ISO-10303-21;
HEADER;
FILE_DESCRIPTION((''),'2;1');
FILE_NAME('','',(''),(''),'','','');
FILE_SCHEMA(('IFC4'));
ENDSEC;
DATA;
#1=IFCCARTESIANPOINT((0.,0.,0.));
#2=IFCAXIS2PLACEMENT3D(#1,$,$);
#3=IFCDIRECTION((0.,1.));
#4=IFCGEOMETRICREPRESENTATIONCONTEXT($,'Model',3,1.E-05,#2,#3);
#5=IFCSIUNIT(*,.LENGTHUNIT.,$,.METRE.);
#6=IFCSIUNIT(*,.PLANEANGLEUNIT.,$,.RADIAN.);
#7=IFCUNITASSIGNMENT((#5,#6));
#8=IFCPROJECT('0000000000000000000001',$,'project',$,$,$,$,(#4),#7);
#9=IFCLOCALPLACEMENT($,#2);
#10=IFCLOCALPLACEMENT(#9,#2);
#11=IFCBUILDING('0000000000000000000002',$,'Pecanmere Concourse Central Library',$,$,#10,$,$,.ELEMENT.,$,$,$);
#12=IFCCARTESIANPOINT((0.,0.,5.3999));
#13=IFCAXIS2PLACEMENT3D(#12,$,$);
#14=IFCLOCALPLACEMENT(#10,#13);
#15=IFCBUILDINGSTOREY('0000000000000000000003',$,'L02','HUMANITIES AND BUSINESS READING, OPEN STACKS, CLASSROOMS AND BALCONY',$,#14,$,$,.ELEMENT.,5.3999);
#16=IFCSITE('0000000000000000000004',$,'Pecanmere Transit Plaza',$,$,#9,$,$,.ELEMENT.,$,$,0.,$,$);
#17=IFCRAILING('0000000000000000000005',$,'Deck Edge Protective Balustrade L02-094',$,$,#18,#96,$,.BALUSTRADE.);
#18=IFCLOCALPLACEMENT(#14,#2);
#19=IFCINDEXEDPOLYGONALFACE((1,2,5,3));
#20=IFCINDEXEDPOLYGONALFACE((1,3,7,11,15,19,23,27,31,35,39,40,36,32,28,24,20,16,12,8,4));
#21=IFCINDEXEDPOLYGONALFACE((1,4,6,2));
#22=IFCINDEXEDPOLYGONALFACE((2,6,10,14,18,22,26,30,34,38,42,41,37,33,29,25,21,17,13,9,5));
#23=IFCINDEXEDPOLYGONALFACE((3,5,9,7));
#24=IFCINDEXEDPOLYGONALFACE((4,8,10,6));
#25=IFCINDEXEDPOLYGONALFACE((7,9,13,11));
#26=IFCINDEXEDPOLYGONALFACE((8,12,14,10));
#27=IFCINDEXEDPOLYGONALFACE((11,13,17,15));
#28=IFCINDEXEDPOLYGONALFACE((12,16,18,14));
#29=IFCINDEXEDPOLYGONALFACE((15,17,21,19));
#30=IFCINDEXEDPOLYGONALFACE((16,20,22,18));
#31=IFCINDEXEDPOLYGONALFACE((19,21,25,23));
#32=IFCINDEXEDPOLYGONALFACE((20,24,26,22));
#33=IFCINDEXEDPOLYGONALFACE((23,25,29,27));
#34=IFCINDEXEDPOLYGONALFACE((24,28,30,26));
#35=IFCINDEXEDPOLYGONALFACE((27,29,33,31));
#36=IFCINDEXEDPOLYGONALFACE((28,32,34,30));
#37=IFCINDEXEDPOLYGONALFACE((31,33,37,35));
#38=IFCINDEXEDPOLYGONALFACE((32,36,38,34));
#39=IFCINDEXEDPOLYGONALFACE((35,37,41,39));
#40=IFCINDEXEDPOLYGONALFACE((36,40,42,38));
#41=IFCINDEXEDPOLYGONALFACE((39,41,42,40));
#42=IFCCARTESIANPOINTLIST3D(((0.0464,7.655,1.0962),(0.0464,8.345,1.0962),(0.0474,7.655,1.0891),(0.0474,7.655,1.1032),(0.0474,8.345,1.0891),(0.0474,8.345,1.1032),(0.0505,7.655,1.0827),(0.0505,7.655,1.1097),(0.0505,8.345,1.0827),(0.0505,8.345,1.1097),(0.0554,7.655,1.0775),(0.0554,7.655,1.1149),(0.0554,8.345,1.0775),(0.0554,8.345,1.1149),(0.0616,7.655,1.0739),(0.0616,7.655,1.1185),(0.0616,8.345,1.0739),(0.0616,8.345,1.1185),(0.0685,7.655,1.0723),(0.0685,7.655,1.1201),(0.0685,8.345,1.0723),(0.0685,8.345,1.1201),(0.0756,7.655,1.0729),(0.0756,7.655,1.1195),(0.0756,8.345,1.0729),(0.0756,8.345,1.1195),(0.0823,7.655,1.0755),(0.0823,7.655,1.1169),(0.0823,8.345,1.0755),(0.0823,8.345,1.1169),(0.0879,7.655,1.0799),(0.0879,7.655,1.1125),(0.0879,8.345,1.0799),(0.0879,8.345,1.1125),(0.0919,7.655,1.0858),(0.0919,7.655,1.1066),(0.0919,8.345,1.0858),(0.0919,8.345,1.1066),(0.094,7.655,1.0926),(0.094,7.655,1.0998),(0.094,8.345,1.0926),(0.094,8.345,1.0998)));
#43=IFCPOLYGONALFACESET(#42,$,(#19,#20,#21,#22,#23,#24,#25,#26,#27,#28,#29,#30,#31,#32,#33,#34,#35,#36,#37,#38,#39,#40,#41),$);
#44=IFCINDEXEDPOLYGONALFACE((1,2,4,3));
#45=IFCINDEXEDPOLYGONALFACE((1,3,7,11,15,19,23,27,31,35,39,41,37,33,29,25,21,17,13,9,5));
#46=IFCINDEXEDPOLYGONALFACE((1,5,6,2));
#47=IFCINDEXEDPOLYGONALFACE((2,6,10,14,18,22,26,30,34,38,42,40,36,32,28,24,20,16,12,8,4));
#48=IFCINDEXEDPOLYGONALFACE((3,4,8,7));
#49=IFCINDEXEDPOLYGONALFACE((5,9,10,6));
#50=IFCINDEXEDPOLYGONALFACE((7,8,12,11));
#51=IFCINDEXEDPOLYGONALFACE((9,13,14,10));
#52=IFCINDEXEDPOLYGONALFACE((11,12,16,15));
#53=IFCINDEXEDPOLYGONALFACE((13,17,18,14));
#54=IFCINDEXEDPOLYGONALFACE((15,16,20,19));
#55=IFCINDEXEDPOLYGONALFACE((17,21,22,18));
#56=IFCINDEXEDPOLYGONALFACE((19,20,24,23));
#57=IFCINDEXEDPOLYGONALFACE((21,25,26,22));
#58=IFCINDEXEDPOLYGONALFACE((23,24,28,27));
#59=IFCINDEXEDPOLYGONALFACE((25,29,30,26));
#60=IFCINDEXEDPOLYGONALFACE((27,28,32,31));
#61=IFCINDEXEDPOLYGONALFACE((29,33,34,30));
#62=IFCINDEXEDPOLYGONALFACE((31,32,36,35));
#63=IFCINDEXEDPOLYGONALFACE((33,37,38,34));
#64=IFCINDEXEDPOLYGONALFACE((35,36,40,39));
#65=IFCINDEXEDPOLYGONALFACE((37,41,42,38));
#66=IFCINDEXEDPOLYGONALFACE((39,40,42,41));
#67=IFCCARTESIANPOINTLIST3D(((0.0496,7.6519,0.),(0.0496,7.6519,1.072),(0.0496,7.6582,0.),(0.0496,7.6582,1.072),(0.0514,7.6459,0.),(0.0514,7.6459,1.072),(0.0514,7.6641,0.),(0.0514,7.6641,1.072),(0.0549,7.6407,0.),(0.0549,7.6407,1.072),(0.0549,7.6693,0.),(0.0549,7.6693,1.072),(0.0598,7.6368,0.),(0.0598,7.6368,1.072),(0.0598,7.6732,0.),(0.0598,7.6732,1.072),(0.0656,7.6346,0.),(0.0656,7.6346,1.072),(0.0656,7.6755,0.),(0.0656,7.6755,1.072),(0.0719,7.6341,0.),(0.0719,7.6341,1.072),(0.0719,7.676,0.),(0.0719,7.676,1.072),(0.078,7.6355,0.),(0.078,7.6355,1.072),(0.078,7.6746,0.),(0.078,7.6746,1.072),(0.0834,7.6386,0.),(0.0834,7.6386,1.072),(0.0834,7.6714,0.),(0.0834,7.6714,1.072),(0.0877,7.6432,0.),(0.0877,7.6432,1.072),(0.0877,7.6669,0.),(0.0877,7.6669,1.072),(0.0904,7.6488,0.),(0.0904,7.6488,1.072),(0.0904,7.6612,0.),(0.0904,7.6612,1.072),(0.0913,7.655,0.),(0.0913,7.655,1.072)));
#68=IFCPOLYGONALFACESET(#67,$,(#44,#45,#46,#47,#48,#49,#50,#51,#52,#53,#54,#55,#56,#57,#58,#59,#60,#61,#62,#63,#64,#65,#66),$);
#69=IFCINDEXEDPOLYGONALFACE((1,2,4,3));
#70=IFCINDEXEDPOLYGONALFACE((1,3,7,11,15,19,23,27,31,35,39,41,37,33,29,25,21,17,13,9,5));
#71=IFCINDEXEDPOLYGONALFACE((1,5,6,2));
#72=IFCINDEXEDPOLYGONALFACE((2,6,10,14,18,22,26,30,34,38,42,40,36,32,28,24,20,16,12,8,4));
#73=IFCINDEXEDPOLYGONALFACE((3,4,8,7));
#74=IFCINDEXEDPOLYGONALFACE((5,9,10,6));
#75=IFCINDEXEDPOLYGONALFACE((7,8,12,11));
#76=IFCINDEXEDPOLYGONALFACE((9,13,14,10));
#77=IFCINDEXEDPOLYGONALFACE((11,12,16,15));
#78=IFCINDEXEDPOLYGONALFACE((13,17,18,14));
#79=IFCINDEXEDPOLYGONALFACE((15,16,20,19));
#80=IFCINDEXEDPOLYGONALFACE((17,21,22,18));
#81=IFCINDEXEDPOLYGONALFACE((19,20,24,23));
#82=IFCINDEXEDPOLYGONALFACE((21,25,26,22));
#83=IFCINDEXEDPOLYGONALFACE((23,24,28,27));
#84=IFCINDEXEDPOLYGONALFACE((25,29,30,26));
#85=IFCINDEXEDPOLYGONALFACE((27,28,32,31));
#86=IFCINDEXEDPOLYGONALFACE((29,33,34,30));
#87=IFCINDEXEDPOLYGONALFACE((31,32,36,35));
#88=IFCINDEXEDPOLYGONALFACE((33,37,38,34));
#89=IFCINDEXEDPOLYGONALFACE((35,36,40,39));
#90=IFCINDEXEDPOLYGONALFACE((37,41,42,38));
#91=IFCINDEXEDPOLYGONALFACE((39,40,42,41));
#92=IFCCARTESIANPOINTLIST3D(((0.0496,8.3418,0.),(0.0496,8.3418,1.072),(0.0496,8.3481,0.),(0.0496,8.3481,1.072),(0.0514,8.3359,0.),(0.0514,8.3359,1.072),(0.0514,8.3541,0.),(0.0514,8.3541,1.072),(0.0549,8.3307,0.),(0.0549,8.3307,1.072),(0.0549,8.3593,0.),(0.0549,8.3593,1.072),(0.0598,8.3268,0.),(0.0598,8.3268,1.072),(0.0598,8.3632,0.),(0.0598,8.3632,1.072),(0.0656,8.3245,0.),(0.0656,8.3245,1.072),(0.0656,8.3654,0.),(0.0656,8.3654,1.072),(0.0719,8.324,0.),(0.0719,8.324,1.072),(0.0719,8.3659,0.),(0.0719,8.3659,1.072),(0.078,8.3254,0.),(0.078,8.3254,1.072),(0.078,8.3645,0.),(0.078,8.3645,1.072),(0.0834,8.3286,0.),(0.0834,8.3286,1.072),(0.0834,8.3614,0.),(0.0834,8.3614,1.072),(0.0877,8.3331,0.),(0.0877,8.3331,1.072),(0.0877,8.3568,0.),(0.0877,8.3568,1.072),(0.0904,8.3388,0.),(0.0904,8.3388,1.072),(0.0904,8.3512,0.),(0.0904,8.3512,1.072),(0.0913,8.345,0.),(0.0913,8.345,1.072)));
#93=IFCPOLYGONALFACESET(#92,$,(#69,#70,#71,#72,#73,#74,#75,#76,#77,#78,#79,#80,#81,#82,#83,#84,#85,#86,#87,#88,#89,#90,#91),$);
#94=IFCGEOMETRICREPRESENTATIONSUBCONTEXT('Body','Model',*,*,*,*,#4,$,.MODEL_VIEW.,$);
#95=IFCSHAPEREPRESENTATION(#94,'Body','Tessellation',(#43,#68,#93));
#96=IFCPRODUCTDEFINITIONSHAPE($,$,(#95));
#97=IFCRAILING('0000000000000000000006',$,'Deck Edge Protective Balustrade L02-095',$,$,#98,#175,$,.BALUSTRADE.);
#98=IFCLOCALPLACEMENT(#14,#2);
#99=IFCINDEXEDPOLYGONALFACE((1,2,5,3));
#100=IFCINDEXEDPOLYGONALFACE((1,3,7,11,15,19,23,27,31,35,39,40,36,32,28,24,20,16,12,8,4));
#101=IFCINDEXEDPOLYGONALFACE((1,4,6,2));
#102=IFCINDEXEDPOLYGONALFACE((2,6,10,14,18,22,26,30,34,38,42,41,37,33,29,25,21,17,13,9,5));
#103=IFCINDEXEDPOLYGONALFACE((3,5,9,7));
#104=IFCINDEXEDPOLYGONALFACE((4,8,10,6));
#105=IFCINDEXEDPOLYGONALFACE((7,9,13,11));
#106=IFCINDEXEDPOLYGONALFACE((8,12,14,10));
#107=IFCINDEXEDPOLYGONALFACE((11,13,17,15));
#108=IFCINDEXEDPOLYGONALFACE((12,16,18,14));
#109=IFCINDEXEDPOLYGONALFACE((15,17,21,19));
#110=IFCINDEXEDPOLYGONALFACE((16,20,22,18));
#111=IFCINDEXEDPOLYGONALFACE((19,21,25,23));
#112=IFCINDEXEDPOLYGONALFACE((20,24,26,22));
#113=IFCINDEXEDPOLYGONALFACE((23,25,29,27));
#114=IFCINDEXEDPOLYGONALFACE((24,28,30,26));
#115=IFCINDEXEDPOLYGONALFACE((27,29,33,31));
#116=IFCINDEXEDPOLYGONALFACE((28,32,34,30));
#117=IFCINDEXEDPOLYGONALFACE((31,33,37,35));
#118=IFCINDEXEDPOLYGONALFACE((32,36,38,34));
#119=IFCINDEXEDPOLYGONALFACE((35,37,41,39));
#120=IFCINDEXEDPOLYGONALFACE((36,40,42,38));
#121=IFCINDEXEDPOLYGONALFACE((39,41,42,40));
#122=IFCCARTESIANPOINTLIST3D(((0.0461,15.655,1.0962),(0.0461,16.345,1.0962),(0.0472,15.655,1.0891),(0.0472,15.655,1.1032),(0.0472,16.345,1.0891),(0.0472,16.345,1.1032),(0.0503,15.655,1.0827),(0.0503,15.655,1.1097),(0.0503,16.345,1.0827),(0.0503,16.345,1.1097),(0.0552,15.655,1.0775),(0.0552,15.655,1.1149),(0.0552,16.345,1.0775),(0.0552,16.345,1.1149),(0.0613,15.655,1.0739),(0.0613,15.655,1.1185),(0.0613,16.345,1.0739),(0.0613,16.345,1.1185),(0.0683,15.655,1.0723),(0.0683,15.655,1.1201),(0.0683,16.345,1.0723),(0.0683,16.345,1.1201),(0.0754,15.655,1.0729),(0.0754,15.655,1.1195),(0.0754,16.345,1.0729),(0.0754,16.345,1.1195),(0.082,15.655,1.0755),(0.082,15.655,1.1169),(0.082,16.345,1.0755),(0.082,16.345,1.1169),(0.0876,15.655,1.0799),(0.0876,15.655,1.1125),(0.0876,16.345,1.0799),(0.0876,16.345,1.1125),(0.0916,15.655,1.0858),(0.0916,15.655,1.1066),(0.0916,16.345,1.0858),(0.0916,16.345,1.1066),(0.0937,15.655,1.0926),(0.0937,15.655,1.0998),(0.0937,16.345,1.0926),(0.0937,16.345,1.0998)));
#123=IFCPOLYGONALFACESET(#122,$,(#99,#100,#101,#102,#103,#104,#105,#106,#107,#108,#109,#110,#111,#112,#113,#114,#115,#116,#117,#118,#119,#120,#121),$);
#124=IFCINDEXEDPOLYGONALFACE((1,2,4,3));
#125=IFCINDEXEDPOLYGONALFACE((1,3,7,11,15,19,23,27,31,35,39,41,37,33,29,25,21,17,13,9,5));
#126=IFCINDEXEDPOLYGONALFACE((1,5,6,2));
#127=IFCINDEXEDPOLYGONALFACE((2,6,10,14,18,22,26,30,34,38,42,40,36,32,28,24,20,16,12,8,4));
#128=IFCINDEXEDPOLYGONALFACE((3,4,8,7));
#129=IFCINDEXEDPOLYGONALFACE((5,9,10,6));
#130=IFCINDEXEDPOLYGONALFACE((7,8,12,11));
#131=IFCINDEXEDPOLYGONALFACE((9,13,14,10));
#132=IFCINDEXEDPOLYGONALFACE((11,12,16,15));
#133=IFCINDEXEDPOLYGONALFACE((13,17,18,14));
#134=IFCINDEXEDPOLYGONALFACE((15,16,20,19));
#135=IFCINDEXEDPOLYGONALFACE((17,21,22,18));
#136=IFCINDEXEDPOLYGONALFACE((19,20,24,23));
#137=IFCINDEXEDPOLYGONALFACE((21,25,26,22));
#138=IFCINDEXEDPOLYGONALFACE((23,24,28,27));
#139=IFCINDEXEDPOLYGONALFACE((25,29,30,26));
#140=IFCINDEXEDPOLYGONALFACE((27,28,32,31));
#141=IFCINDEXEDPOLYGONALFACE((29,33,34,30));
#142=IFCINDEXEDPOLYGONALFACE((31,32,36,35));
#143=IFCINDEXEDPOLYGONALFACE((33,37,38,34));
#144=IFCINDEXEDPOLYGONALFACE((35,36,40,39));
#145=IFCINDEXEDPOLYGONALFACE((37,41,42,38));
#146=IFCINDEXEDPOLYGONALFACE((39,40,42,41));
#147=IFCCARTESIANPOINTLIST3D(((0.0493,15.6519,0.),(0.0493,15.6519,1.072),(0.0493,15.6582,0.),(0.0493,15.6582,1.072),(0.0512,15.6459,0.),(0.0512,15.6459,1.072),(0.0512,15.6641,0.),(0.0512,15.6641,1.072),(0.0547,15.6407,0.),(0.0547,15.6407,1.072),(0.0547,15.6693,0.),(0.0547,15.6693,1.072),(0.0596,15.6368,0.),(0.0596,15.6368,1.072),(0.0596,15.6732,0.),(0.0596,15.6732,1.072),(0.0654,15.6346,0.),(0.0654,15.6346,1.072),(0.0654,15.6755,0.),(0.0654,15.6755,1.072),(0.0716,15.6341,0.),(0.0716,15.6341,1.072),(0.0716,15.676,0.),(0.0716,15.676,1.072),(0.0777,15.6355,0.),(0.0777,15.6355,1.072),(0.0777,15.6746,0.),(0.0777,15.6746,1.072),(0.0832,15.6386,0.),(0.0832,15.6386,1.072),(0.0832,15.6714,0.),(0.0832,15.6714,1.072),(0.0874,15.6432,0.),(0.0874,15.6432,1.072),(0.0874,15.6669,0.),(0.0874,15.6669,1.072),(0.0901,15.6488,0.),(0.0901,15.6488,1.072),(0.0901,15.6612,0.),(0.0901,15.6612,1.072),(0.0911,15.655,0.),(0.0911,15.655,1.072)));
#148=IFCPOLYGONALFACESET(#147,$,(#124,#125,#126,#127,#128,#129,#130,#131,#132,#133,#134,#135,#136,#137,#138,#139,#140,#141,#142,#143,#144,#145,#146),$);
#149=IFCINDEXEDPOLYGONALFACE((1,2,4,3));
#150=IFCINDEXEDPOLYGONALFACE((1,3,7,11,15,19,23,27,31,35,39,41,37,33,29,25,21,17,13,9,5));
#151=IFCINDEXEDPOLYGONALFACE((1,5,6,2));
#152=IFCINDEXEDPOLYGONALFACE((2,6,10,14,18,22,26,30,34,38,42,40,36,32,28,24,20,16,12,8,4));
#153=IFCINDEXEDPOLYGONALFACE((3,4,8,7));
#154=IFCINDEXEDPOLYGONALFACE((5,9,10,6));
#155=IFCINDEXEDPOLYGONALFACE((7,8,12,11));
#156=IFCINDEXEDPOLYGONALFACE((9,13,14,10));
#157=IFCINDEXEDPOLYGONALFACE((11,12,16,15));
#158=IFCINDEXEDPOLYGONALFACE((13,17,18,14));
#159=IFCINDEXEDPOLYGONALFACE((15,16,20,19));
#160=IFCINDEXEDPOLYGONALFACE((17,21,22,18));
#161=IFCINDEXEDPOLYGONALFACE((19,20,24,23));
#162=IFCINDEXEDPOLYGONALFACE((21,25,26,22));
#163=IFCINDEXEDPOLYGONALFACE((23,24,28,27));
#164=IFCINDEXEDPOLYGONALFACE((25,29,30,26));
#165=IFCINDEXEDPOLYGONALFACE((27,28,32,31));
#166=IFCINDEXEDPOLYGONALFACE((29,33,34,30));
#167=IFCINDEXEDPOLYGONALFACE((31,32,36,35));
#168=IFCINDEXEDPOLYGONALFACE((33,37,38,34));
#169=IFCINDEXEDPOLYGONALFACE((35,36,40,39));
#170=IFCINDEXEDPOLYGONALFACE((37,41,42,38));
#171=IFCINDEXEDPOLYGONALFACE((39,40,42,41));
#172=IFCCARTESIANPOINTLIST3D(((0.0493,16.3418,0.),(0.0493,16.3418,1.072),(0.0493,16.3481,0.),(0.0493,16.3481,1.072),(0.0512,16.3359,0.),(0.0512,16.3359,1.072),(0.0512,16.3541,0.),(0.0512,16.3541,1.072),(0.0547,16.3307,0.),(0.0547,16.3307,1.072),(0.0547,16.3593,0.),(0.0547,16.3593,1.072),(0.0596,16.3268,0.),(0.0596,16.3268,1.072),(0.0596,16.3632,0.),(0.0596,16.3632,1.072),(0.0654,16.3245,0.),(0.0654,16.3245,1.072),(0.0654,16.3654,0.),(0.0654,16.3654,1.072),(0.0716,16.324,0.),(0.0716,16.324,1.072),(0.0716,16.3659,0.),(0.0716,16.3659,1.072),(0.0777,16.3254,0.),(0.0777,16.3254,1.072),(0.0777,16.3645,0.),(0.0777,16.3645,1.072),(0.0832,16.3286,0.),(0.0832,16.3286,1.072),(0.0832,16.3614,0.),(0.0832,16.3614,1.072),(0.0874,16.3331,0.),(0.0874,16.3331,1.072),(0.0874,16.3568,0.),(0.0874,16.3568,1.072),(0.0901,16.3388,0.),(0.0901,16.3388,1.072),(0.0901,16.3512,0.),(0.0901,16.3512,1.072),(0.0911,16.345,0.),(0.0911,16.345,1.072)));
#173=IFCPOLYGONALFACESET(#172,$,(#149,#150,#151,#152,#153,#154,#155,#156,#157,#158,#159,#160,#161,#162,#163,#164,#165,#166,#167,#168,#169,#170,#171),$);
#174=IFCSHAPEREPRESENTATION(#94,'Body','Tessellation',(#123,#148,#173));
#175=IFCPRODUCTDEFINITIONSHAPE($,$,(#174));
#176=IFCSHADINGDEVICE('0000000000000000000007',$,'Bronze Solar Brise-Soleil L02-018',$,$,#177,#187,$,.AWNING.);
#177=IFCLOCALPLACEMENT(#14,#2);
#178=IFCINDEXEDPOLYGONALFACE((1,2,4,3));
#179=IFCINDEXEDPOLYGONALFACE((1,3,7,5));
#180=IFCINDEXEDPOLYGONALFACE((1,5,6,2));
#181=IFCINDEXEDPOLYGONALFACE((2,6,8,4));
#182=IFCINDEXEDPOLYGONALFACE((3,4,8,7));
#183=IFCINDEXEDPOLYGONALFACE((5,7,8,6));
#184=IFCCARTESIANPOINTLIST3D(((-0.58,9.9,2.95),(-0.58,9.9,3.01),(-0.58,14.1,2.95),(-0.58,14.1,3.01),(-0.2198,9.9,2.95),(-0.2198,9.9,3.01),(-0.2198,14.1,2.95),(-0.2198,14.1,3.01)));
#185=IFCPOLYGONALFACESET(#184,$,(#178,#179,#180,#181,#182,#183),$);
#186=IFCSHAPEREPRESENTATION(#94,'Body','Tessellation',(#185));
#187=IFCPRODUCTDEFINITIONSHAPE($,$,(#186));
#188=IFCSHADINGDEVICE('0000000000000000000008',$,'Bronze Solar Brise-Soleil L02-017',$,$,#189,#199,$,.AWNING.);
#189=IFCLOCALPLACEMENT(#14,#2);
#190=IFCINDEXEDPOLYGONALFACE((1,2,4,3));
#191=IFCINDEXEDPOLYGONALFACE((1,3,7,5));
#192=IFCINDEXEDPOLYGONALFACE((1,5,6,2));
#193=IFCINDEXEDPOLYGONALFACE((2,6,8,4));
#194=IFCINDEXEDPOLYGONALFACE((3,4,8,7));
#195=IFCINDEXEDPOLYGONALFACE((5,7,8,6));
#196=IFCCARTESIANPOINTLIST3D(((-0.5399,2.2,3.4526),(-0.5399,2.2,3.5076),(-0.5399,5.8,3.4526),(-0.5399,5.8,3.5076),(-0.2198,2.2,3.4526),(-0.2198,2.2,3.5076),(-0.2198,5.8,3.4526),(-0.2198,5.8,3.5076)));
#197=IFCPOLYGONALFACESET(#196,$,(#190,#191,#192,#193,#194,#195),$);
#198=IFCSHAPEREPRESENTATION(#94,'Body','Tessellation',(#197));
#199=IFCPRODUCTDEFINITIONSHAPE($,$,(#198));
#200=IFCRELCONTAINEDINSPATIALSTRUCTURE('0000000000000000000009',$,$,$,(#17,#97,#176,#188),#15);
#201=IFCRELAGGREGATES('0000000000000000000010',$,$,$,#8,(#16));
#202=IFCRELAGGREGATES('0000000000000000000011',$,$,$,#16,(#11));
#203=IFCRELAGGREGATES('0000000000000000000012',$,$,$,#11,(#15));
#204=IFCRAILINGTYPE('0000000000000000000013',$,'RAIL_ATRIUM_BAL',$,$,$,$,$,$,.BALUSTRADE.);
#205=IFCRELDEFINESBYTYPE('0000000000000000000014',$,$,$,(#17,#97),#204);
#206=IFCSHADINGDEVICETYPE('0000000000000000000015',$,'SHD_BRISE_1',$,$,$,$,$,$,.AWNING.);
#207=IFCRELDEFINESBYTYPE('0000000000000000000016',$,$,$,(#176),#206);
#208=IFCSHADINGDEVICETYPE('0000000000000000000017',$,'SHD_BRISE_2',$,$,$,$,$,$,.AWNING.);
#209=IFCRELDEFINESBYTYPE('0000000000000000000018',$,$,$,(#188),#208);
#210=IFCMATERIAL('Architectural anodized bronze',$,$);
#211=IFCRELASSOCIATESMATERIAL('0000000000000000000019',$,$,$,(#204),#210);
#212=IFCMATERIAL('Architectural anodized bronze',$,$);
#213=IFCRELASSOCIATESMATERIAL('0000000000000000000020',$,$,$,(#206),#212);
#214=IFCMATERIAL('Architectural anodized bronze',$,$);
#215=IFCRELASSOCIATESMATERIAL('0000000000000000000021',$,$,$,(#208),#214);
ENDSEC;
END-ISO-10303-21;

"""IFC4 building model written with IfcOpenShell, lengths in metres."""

from ifc_helpers import new_model, si_unit, direction, frame, origin, origin_2d, place, context, subcontext, project, spatial, rectangle, circle, extrude, material, type_object, element, save


model = new_model("IFC4")

# Units and contexts
model_context = context("Model", 3, precision=1e-05, world=origin(), true_north=direction((0.0, 1.0)))
body_context = subcontext(model_context, "Body", "Model", "MODEL_VIEW")
ifc_project = project(units=[si_unit("LENGTHUNIT", "METRE"), si_unit("PLANEANGLEUNIT", "RADIAN")], contexts=[model_context])

# Site, building, storey
site_placement = place(None, origin())
site = spatial("IfcSite", under=ifc_project, at=site_placement, Name="Pecanmere Transit Plaza", CompositionType="ELEMENT", RefElevation=0.0)
building_placement = place(site_placement, origin())
building = spatial("IfcBuilding", under=site, at=building_placement, Name="Pecanmere Concourse Central Library", CompositionType="ELEMENT")
storey_placement = place(building_placement, frame((0.0, 0.0, 5.3999)))
storey = spatial("IfcBuildingStorey", under=building, at=storey_placement, Name="L02", Description="HUMANITIES AND BUSINESS READING, OPEN STACKS, CLASSROOMS AND BALCONY", CompositionType="ELEMENT", Elevation=5.3999)

# Railings
ifc_material_1 = material(Name="Architectural anodized bronze")
railing_type = type_object("IfcRailingType", Name="RAIL_ATRIUM_BAL", PredefinedType="BALUSTRADE", material=ifc_material_1)
for number, where, name in (
    (1, (0.0703, 7.655, 0.0), "Deck Edge Protective Balustrade L02-094"),
    (2, (0.0701, 15.655, 0.0), "Deck Edge Protective Balustrade L02-095"),
):
    element("IfcRailing", number, at=place(storey_placement, frame(where)), inside=storey, type_object=railing_type, Name=name, PredefinedType="BALUSTRADE", context=body_context, shape_type="SweptSolid", body=[
        extrude(circle(Radius=0.0239, at=origin_2d()), frame((0.0, 0.0, 1.0962), z_axis=(0.0, 1.0, 0.0), x_axis=(-1.0, 0.0, 0.0)), (0.0, 0.0, 1.0), 0.6899),
        extrude(circle(Radius=0.021, at=origin_2d()), origin(), (0.0, 0.0, 1.0), 1.072),
        extrude(circle(Radius=0.021, at=origin_2d()), frame((0.0, 0.6899, 0.0)), (0.0, 0.0, 1.0), 1.072),
    ])

# Shading devices
ifc_material_2 = material(Name="Architectural anodized bronze")
shading_device_type_1 = type_object("IfcShadingDeviceType", Name="SHD_BRISE_1", PredefinedType="AWNING", material=ifc_material_2)
shading_device_1_placement = place(storey_placement, frame((-0.3999, 12.0, 2.95), z_axis=(0.0, 0.0, 1.0), x_axis=(0.0, -1.0, 0.0)))
element("IfcShadingDevice", 3, at=shading_device_1_placement, inside=storey, type_object=shading_device_type_1, Name="Bronze Solar Brise-Soleil L02-018", PredefinedType="AWNING", context=body_context, shape_type="SweptSolid", body=[
    extrude(rectangle(XDim=4.2, YDim=0.3601, at=origin_2d()), origin(), (0.0, 0.0, 1.0), 0.0601),
])
ifc_material_3 = material(Name="Architectural anodized bronze")
shading_device_type_2 = type_object("IfcShadingDeviceType", Name="SHD_BRISE_2", PredefinedType="AWNING", material=ifc_material_3)
shading_device_2_placement = place(storey_placement, frame((-0.3799, 4.0, 3.4526), z_axis=(0.0, 0.0, 1.0), x_axis=(0.0, -1.0, 0.0)))
element("IfcShadingDevice", 4, at=shading_device_2_placement, inside=storey, type_object=shading_device_type_2, Name="Bronze Solar Brise-Soleil L02-017", PredefinedType="AWNING", context=body_context, shape_type="SweptSolid", body=[
    extrude(rectangle(XDim=3.6001, YDim=0.3201, at=origin_2d()), origin(), (0.0, 0.0, 1.0), 0.0549),
])

save(model, "model.ifc")
